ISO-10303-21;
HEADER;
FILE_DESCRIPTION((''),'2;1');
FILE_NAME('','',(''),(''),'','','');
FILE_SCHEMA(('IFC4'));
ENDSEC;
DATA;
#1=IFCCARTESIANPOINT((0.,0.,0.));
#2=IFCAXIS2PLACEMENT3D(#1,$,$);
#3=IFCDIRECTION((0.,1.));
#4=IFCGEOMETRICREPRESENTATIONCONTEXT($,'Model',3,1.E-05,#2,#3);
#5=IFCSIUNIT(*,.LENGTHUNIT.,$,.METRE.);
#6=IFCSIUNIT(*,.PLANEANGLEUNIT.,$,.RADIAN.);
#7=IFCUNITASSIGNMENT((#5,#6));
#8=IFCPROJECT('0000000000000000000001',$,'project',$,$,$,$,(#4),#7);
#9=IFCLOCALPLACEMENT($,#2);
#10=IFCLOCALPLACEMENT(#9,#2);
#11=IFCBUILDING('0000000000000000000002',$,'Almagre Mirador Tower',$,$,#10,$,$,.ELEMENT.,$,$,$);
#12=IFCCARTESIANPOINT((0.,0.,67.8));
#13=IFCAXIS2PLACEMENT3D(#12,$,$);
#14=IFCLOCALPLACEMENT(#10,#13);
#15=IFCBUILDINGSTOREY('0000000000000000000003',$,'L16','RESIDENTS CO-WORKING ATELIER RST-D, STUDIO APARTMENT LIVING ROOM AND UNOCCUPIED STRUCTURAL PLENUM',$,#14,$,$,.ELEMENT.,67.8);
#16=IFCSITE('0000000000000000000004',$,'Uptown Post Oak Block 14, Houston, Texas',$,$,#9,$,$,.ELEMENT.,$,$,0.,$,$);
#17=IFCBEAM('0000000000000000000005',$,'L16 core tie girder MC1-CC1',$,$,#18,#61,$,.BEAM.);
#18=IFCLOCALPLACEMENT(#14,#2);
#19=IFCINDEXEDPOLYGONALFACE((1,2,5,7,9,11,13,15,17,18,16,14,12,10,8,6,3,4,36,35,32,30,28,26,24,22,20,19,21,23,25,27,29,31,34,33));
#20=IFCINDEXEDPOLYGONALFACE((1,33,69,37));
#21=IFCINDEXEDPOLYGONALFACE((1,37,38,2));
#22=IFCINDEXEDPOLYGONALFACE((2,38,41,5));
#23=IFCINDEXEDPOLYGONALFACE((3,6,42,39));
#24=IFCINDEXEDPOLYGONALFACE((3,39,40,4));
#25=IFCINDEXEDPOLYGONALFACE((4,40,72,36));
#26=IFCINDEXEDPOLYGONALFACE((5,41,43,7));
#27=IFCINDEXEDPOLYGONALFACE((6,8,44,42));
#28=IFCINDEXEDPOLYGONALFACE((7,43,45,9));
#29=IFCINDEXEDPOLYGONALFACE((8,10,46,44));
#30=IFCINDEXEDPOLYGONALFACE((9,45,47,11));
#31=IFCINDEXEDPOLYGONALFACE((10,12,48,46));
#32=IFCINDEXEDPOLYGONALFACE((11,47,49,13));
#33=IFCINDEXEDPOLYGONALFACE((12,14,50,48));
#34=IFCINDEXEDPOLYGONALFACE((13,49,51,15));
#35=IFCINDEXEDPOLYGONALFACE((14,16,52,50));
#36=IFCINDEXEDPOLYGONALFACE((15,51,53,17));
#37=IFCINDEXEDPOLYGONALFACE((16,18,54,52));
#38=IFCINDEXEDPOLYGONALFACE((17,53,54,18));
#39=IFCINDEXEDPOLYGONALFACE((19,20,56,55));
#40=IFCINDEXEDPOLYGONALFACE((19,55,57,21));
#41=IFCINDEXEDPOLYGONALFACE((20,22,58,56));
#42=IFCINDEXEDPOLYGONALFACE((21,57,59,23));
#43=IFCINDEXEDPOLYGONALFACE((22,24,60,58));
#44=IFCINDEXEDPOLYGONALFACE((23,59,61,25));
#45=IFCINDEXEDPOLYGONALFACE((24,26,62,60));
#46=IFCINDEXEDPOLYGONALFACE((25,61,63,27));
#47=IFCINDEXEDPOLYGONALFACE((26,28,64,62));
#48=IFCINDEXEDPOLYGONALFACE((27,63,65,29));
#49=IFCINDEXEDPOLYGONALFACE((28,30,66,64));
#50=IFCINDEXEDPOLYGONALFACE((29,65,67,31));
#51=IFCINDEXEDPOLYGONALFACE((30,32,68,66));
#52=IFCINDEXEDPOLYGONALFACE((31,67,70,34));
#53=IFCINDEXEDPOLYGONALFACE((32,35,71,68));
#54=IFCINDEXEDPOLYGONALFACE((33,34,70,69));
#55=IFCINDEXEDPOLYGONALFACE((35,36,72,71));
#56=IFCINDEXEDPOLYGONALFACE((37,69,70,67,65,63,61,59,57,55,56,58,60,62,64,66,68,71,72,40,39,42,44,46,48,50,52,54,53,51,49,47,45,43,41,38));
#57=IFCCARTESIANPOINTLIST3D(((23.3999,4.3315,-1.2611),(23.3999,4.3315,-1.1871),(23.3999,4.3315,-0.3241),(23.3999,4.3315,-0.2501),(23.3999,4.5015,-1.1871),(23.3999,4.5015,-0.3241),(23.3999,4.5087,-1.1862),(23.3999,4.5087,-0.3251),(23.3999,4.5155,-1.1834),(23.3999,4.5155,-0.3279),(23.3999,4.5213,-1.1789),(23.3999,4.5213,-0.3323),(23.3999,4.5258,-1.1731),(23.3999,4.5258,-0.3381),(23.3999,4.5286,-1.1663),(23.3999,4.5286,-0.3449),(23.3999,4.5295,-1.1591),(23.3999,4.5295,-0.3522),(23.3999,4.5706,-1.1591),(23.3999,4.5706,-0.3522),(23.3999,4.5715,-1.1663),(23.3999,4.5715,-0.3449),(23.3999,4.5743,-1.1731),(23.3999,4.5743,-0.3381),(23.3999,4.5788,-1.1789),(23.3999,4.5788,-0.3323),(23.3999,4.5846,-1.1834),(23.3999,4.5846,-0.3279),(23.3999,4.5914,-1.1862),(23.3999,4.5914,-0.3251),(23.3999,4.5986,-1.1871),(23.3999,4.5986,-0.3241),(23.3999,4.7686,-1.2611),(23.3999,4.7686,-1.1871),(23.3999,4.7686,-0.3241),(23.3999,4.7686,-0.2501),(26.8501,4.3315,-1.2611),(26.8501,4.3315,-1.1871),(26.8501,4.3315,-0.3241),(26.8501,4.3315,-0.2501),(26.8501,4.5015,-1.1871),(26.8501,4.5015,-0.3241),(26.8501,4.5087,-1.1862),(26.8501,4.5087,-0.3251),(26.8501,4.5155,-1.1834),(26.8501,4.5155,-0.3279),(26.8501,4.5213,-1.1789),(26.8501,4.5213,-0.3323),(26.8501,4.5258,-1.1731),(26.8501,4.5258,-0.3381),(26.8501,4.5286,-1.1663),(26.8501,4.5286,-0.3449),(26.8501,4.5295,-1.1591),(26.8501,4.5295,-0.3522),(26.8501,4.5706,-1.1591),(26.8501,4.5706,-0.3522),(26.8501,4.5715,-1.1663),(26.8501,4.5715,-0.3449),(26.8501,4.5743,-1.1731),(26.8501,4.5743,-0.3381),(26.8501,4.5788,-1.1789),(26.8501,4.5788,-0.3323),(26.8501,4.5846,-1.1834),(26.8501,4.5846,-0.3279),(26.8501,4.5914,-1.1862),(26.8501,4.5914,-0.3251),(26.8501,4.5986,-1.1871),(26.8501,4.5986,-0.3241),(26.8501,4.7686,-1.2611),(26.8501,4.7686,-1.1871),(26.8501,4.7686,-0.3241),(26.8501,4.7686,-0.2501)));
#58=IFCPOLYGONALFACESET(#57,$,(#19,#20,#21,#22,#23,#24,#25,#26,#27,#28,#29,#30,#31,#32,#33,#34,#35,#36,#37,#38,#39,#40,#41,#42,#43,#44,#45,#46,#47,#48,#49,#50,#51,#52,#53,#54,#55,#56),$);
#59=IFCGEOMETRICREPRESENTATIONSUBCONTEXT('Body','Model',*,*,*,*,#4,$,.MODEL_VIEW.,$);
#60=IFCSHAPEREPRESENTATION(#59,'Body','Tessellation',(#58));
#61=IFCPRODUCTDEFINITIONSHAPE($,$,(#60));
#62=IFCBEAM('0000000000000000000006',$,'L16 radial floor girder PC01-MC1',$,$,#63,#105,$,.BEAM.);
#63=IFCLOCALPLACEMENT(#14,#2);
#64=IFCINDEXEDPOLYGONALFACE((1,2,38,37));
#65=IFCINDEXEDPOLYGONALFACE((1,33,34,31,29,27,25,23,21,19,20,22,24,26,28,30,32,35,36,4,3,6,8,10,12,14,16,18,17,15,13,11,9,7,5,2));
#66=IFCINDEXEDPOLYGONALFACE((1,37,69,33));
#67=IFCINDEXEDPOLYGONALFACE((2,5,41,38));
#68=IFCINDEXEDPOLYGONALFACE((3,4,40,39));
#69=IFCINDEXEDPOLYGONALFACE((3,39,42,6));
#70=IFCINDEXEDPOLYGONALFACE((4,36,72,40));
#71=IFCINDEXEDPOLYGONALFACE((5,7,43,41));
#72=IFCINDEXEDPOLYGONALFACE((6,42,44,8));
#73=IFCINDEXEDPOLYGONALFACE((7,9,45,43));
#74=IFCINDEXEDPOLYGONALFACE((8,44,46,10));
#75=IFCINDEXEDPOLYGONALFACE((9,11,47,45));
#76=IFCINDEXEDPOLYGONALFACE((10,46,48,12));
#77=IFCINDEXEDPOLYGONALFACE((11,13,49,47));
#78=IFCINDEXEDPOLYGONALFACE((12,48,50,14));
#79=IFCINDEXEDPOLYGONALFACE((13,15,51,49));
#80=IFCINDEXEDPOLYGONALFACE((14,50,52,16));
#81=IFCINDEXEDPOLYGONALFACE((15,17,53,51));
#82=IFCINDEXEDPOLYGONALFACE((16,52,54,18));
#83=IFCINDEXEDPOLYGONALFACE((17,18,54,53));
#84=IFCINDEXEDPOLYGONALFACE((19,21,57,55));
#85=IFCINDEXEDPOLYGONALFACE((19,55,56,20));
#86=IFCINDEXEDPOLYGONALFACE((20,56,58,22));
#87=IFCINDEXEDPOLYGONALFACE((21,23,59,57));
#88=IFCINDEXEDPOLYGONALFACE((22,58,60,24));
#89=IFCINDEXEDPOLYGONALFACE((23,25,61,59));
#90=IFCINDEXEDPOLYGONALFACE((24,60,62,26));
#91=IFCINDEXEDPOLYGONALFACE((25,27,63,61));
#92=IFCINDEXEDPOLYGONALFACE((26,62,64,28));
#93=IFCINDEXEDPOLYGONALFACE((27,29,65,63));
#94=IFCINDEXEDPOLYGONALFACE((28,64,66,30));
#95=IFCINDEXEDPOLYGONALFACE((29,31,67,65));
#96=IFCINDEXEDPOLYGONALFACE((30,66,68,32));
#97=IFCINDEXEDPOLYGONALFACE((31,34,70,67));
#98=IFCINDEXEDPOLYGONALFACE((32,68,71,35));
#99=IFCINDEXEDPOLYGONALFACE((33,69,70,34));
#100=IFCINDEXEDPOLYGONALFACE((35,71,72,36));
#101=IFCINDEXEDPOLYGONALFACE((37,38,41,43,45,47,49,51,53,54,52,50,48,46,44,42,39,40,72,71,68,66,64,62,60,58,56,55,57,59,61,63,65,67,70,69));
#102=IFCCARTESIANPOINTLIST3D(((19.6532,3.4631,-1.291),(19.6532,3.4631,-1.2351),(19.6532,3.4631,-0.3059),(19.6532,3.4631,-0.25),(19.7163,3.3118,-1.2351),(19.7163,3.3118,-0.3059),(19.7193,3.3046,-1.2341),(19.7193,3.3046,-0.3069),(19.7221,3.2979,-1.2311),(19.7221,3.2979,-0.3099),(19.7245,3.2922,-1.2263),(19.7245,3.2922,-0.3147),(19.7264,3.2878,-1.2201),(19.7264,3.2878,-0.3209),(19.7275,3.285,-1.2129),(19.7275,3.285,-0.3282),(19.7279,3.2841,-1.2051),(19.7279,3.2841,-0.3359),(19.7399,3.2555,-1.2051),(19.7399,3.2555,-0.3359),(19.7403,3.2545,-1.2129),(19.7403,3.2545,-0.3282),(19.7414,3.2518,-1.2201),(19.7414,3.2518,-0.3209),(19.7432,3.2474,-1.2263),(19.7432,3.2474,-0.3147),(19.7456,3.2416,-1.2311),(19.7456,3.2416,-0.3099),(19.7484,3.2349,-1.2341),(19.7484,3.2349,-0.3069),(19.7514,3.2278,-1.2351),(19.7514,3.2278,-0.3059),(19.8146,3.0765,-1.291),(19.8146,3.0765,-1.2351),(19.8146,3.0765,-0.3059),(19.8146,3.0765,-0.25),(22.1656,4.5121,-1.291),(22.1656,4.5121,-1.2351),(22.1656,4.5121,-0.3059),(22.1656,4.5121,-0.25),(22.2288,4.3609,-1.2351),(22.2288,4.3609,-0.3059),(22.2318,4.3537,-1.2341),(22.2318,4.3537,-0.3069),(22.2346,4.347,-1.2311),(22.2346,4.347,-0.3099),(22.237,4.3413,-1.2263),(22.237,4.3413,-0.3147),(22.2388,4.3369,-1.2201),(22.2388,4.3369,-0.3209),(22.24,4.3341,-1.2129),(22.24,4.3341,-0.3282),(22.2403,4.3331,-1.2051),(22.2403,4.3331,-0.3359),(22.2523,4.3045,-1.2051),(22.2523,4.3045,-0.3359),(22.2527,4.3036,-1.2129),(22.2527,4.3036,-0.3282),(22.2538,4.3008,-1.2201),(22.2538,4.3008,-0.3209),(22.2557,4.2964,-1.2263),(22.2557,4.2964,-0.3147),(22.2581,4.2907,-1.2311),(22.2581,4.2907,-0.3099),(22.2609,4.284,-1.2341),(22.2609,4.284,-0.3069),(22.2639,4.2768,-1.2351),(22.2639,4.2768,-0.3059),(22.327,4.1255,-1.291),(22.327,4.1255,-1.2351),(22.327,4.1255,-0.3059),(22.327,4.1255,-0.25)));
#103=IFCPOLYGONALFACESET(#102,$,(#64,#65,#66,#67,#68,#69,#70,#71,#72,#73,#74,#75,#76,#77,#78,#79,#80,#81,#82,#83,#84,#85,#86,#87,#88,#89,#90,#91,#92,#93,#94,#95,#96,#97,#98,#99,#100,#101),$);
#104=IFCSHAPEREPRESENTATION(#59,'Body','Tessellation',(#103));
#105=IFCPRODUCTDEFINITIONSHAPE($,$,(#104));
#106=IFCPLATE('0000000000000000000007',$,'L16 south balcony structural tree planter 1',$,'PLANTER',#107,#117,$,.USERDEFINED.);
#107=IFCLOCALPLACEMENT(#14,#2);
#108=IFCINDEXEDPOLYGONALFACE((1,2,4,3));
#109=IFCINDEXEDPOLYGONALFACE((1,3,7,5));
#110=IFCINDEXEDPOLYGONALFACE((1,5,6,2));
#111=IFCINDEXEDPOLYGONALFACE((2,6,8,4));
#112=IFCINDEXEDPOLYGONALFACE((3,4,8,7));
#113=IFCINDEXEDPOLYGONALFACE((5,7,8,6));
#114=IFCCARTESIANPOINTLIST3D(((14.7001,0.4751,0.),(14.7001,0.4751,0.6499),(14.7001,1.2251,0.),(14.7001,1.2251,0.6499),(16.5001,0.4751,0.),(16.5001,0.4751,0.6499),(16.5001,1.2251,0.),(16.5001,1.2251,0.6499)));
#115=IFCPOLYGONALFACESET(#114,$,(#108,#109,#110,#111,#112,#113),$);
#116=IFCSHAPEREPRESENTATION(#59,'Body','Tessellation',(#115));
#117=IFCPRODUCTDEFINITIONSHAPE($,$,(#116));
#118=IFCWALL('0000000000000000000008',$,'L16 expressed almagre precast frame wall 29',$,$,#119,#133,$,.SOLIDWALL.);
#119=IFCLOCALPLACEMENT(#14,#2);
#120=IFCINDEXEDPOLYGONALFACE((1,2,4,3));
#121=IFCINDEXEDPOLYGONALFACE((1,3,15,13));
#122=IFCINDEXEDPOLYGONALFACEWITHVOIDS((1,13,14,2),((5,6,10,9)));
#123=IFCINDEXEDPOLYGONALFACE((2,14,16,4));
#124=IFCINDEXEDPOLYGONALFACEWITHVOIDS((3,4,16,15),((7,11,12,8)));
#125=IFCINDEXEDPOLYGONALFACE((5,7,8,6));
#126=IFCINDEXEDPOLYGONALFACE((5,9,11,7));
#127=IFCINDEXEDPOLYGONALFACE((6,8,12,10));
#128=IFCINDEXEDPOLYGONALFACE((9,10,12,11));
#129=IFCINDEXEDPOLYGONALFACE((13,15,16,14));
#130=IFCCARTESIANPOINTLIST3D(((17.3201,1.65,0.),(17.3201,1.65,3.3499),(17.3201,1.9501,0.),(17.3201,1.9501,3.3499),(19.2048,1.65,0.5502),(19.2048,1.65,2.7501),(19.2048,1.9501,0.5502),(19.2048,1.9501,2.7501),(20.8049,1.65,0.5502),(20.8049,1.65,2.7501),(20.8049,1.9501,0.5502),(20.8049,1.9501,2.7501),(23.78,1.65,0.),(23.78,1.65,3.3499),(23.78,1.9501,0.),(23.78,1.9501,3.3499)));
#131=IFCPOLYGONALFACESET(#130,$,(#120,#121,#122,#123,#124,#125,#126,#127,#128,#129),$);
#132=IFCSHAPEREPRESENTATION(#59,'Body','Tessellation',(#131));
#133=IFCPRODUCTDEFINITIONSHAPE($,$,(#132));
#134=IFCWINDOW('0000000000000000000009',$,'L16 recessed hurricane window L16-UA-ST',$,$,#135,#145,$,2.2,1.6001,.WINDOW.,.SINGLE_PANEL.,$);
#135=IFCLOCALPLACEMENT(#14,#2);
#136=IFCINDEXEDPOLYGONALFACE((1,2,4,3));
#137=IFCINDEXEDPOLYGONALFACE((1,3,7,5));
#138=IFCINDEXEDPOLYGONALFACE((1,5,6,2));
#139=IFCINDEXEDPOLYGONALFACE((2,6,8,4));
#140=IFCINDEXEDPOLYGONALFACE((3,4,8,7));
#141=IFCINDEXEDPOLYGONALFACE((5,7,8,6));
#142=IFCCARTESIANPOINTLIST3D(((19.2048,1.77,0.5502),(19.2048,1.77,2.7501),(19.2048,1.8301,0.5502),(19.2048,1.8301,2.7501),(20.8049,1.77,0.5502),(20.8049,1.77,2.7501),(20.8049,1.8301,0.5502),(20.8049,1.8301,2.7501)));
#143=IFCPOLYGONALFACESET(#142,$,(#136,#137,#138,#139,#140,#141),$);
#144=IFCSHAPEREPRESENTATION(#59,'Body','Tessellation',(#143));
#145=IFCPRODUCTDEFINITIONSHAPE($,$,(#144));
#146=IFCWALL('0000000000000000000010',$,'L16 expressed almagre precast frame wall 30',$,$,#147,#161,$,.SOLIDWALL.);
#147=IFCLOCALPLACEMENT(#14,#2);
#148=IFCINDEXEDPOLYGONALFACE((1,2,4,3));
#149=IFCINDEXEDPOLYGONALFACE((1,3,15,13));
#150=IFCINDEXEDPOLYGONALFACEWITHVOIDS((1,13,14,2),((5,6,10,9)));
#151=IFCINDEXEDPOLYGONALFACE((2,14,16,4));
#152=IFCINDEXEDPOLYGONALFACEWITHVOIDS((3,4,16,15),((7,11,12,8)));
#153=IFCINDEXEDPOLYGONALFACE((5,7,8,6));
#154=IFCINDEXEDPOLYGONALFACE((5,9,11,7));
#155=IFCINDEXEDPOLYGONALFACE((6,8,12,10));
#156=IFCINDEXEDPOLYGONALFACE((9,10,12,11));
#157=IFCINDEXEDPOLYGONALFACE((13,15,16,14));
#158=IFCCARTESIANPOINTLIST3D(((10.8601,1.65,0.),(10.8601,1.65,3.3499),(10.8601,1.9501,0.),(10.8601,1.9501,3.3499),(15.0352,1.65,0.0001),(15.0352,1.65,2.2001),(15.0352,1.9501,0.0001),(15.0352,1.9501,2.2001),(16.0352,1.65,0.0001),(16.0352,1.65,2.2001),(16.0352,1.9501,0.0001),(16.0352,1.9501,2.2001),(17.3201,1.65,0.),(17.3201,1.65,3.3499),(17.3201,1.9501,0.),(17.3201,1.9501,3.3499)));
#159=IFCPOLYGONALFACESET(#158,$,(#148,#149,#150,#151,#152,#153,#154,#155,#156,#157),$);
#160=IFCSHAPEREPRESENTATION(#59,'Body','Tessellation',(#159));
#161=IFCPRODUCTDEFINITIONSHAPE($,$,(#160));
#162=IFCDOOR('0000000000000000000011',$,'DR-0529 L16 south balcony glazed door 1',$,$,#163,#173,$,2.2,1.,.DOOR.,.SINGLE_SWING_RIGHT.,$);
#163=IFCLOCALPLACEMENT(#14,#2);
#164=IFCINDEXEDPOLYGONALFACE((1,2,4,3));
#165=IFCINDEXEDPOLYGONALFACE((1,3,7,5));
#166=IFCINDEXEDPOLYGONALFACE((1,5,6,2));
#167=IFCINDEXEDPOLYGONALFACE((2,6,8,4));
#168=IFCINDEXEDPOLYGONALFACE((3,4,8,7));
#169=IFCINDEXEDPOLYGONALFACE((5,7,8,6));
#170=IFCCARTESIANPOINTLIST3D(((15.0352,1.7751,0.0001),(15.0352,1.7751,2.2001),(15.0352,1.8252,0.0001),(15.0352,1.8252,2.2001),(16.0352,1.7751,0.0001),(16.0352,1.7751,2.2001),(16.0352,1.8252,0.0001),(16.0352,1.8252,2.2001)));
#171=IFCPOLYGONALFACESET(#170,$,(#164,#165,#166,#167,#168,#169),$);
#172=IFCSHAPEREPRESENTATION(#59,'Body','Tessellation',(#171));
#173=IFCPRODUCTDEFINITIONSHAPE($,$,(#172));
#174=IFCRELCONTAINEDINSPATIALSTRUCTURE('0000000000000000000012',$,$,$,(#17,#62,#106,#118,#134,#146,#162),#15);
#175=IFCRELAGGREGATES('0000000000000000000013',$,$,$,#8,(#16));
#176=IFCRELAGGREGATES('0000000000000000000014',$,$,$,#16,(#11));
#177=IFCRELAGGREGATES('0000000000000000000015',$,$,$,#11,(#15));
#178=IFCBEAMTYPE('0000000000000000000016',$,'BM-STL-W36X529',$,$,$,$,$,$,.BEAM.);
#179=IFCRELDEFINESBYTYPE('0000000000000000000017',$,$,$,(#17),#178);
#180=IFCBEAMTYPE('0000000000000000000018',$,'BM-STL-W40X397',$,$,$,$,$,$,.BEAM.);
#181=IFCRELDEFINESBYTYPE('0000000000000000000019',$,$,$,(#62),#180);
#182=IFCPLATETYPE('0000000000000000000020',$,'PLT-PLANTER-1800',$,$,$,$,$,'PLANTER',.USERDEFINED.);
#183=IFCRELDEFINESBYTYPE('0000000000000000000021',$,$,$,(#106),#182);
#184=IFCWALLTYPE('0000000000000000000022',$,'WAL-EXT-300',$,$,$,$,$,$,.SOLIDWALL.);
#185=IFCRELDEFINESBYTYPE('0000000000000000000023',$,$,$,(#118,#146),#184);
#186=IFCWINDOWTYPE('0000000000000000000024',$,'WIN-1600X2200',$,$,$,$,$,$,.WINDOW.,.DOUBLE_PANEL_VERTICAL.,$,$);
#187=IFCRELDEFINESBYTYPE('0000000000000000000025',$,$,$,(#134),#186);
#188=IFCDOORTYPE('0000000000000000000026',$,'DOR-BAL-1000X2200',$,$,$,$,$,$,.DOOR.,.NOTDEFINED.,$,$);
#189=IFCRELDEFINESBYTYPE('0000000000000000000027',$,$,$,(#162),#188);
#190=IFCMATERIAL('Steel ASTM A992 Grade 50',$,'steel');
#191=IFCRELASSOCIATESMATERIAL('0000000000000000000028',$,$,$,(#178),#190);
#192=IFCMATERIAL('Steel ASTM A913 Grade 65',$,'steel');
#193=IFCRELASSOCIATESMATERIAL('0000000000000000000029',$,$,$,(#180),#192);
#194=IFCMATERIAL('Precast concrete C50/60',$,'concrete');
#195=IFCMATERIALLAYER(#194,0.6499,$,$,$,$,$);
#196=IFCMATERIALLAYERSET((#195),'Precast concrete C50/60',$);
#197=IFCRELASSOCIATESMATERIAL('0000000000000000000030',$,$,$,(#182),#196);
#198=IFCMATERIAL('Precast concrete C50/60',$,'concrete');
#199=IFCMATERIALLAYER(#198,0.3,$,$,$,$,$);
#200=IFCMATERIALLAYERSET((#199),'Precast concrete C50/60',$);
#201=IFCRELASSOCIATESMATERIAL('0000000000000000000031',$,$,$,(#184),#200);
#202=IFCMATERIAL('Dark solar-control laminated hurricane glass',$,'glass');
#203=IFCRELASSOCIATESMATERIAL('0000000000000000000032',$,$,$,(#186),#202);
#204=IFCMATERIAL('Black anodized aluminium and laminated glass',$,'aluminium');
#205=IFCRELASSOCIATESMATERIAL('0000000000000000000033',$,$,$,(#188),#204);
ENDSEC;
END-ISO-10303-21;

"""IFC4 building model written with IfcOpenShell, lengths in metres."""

from ifc_helpers import new_model, si_unit, direction, frame, frame_2d, origin, origin_2d, place, context, subcontext, project, spatial, rectangle, i_section, extrude, material, layer, layer_set, material_profile, profile_set, type_object, element, fill, save


model = new_model("IFC4")

# Units and contexts
model_context = context("Model", 3, precision=1e-05, world=origin(), true_north=direction((0.0, 1.0)))
body_context = subcontext(model_context, "Body", "Model", "MODEL_VIEW")
ifc_project = project(units=[si_unit("LENGTHUNIT", "METRE"), si_unit("PLANEANGLEUNIT", "RADIAN")], contexts=[model_context])

# Site, building, storey
site_placement = place(None, origin())
site = spatial("IfcSite", under=ifc_project, at=site_placement, Name="Uptown Post Oak Block 14, Houston, Texas", CompositionType="ELEMENT", RefElevation=0.0)
building_placement = place(site_placement, origin())
building = spatial("IfcBuilding", under=site, at=building_placement, Name="Almagre Mirador Tower", CompositionType="ELEMENT")
storey_placement = place(building_placement, frame((0.0, 0.0, 67.8)))
storey = spatial("IfcBuildingStorey", under=building, at=storey_placement, Name="L16", Description="RESIDENTS CO-WORKING ATELIER RST-D, STUDIO APARTMENT LIVING ROOM AND UNOCCUPIED STRUCTURAL PLENUM", CompositionType="ELEMENT", Elevation=67.8)

# Beams
ifc_material_1 = material(Name="Steel ASTM A992 Grade 50", Category="steel")
ifc_material_profile_1 = material_profile(ifc_material_1, i_section(OverallWidth=0.437, OverallDepth=1.011, WebThickness=0.041, FlangeThickness=0.074, FilletRadius=0.0281, at=origin_2d()), Name="W36X529")
ifc_profile_set_1 = profile_set([ifc_material_profile_1], Name="Steel ASTM A992 Grade 50")
beam_type_1 = type_object("IfcBeamType", Name="BM-STL-W36X529", PredefinedType="BEAM", material=ifc_profile_set_1)
beam_1_placement = place(storey_placement, frame((23.3999, 4.55, -0.7556), z_axis=(1.0, 0.0, 0.0), x_axis=(0.0, 1.0, 0.0)))
element("IfcBeam", 1, at=beam_1_placement, inside=storey, type_object=beam_type_1, Name="L16 core tie girder MC1-CC1", PredefinedType="BEAM", context=body_context, shape_type="SweptSolid", body=[
    extrude(i_section(OverallWidth=0.437, OverallDepth=1.011, WebThickness=0.041, FlangeThickness=0.074, FilletRadius=0.0281, at=origin_2d()), origin(), (0.0, 0.0, 1.0), 3.4502),
])
ifc_material_2 = material(Name="Steel ASTM A913 Grade 65", Category="steel")
ifc_material_profile_2 = material_profile(ifc_material_2, i_section(OverallWidth=0.4189, OverallDepth=1.041, WebThickness=0.031, FlangeThickness=0.0559, FilletRadius=0.03, at=origin_2d()), Name="W40X397")
ifc_profile_set_2 = profile_set([ifc_material_profile_2], Name="Steel ASTM A913 Grade 65")
beam_type_2 = type_object("IfcBeamType", Name="BM-STL-W40X397", PredefinedType="BEAM", material=ifc_profile_set_2)
beam_2_placement = place(storey_placement, frame((19.7339, 3.2698, -0.7705), z_axis=(0.922787, 0.385309, 0.0), x_axis=(-0.385309, 0.922787, 0.0)))
element("IfcBeam", 2, at=beam_2_placement, inside=storey, type_object=beam_type_2, Name="L16 radial floor girder PC01-MC1", PredefinedType="BEAM", context=body_context, shape_type="SweptSolid", body=[
    extrude(i_section(OverallWidth=0.4189, OverallDepth=1.041, WebThickness=0.031, FlangeThickness=0.0559, FilletRadius=0.03, at=origin_2d()), origin(), (0.0, 0.0, 1.0), 2.7227),
])

# Plate
ifc_material_3 = material(Name="Precast concrete C50/60", Category="concrete")
ifc_layer_1 = layer(ifc_material_3, 0.6499)
ifc_layer_set_1 = layer_set([ifc_layer_1], Name="Precast concrete C50/60")
plate_type = type_object("IfcPlateType", Name="PLT-PLANTER-1800", ElementType="PLANTER", PredefinedType="USERDEFINED", material=ifc_layer_set_1)
plate_placement = place(storey_placement, frame((15.6001, 0.8501, 0.0), z_axis=(0.0, 0.0, 1.0), x_axis=(1.0, 0.0, 0.0)))
element("IfcPlate", 3, at=plate_placement, inside=storey, type_object=plate_type, Name="L16 south balcony structural tree planter 1", ObjectType="PLANTER", PredefinedType="USERDEFINED", context=body_context, shape_type="SweptSolid", body=[
    extrude(rectangle(XDim=1.8, YDim=0.75, at=origin_2d()), origin(), (0.0, 0.0, 1.0), 0.6499),
])

# Wall, opening, window
ifc_material_4 = material(Name="Precast concrete C50/60", Category="concrete")
ifc_layer_2 = layer(ifc_material_4, 0.3)
ifc_layer_set_2 = layer_set([ifc_layer_2], Name="Precast concrete C50/60")
wall_type_1 = type_object("IfcWallType", Name="WAL-EXT-300", PredefinedType="SOLIDWALL", material=ifc_layer_set_2)
wall_1_placement = place(storey_placement, frame((23.78, 1.8, 0.0), z_axis=(0.0, 0.0, 1.0), x_axis=(-1.0, 0.0, 0.0)))
wall_1 = element("IfcWall", 4, at=wall_1_placement, inside=storey, type_object=wall_type_1, Name="L16 expressed almagre precast frame wall 29", PredefinedType="SOLIDWALL", context=body_context, shape_type="SweptSolid", body=[
    extrude(rectangle(XDim=6.46, YDim=0.3, at=frame_2d((3.23, 0.0))), origin(), (0.0, 0.0, 1.0), 3.3499),
])
opening_1_placement = place(wall_1_placement, frame((2.9751, 0.0, 0.55)))
opening_1 = element("IfcOpeningElement", 5, at=opening_1_placement, cuts=wall_1, PredefinedType="OPENING", context=body_context, shape_type="SweptSolid", body=[
    extrude(rectangle(XDim=1.6001, YDim=2.2, at=frame_2d((0.8, 1.1001))), frame((0.0, 0.1599, 0.0), z_axis=(0.0, -1.0, 0.0), x_axis=(1.0, 0.0, 0.0)), (0.0, 0.0, 1.0), 0.32),
])
ifc_material_5 = material(Name="Dark solar-control laminated hurricane glass", Category="glass")
window_type = type_object("IfcWindowType", Name="WIN-1600X2200", PartitioningType="DOUBLE_PANEL_VERTICAL", PredefinedType="WINDOW", material=ifc_material_5)
window_placement = place(opening_1_placement, origin())
window = element("IfcWindow", 6, at=window_placement, inside=storey, type_object=window_type, Name="L16 recessed hurricane window L16-UA-ST", OverallHeight=2.2, OverallWidth=1.6001, PartitioningType="SINGLE_PANEL", PredefinedType="WINDOW", context=body_context, shape_type="SweptSolid", body=[
    extrude(rectangle(XDim=1.6001, YDim=2.2, at=frame_2d((0.8, 1.1001))), frame((0.0, 0.03, 0.0), z_axis=(0.0, -1.0, 0.0), x_axis=(1.0, 0.0, 0.0)), (0.0, 0.0, 1.0), 0.0601),
])
fill(opening_1, window)

# Wall, opening, door
wall_2_placement = place(storey_placement, frame((17.3201, 1.8, 0.0), z_axis=(0.0, 0.0, 1.0), x_axis=(-1.0, 0.0, 0.0)))
wall_2 = element("IfcWall", 7, at=wall_2_placement, inside=storey, type_object=wall_type_1, Name="L16 expressed almagre precast frame wall 30", PredefinedType="SOLIDWALL", context=body_context, shape_type="SweptSolid", body=[
    extrude(rectangle(XDim=6.46, YDim=0.3, at=frame_2d((3.23, 0.0))), origin(), (0.0, 0.0, 1.0), 3.3499),
])
opening_2_placement = place(wall_2_placement, frame((1.2849, 0.0, 0.0)))
opening_2 = element("IfcOpeningElement", 8, at=opening_2_placement, cuts=wall_2, PredefinedType="OPENING", context=body_context, shape_type="SweptSolid", body=[
    extrude(rectangle(XDim=1.0, YDim=2.2, at=frame_2d((0.5, 1.1001))), frame((0.0, 0.1599, 0.0), z_axis=(0.0, -1.0, 0.0), x_axis=(1.0, 0.0, 0.0)), (0.0, 0.0, 1.0), 0.32),
])
ifc_material_6 = material(Name="Black anodized aluminium and laminated glass", Category="aluminium")
door_type_1 = type_object("IfcDoorType", Name="DOR-BAL-1000X2200", OperationType="NOTDEFINED", PredefinedType="DOOR", material=ifc_material_6)
door_1_placement = place(opening_2_placement, origin())
door_1 = element("IfcDoor", 9, at=door_1_placement, inside=storey, type_object=door_type_1, Name="DR-0529 L16 south balcony glazed door 1", OperationType="SINGLE_SWING_RIGHT", OverallHeight=2.2, OverallWidth=1.0, PredefinedType="DOOR", context=body_context, shape_type="SweptSolid", body=[
    extrude(rectangle(XDim=1.0, YDim=2.2, at=frame_2d((0.5, 1.1001))), frame((0.0, 0.0249, 0.0), z_axis=(0.0, -1.0, 0.0), x_axis=(1.0, 0.0, 0.0)), (0.0, 0.0, 1.0), 0.05),
])
fill(opening_2, door_1)

save(model, "model.ifc")
